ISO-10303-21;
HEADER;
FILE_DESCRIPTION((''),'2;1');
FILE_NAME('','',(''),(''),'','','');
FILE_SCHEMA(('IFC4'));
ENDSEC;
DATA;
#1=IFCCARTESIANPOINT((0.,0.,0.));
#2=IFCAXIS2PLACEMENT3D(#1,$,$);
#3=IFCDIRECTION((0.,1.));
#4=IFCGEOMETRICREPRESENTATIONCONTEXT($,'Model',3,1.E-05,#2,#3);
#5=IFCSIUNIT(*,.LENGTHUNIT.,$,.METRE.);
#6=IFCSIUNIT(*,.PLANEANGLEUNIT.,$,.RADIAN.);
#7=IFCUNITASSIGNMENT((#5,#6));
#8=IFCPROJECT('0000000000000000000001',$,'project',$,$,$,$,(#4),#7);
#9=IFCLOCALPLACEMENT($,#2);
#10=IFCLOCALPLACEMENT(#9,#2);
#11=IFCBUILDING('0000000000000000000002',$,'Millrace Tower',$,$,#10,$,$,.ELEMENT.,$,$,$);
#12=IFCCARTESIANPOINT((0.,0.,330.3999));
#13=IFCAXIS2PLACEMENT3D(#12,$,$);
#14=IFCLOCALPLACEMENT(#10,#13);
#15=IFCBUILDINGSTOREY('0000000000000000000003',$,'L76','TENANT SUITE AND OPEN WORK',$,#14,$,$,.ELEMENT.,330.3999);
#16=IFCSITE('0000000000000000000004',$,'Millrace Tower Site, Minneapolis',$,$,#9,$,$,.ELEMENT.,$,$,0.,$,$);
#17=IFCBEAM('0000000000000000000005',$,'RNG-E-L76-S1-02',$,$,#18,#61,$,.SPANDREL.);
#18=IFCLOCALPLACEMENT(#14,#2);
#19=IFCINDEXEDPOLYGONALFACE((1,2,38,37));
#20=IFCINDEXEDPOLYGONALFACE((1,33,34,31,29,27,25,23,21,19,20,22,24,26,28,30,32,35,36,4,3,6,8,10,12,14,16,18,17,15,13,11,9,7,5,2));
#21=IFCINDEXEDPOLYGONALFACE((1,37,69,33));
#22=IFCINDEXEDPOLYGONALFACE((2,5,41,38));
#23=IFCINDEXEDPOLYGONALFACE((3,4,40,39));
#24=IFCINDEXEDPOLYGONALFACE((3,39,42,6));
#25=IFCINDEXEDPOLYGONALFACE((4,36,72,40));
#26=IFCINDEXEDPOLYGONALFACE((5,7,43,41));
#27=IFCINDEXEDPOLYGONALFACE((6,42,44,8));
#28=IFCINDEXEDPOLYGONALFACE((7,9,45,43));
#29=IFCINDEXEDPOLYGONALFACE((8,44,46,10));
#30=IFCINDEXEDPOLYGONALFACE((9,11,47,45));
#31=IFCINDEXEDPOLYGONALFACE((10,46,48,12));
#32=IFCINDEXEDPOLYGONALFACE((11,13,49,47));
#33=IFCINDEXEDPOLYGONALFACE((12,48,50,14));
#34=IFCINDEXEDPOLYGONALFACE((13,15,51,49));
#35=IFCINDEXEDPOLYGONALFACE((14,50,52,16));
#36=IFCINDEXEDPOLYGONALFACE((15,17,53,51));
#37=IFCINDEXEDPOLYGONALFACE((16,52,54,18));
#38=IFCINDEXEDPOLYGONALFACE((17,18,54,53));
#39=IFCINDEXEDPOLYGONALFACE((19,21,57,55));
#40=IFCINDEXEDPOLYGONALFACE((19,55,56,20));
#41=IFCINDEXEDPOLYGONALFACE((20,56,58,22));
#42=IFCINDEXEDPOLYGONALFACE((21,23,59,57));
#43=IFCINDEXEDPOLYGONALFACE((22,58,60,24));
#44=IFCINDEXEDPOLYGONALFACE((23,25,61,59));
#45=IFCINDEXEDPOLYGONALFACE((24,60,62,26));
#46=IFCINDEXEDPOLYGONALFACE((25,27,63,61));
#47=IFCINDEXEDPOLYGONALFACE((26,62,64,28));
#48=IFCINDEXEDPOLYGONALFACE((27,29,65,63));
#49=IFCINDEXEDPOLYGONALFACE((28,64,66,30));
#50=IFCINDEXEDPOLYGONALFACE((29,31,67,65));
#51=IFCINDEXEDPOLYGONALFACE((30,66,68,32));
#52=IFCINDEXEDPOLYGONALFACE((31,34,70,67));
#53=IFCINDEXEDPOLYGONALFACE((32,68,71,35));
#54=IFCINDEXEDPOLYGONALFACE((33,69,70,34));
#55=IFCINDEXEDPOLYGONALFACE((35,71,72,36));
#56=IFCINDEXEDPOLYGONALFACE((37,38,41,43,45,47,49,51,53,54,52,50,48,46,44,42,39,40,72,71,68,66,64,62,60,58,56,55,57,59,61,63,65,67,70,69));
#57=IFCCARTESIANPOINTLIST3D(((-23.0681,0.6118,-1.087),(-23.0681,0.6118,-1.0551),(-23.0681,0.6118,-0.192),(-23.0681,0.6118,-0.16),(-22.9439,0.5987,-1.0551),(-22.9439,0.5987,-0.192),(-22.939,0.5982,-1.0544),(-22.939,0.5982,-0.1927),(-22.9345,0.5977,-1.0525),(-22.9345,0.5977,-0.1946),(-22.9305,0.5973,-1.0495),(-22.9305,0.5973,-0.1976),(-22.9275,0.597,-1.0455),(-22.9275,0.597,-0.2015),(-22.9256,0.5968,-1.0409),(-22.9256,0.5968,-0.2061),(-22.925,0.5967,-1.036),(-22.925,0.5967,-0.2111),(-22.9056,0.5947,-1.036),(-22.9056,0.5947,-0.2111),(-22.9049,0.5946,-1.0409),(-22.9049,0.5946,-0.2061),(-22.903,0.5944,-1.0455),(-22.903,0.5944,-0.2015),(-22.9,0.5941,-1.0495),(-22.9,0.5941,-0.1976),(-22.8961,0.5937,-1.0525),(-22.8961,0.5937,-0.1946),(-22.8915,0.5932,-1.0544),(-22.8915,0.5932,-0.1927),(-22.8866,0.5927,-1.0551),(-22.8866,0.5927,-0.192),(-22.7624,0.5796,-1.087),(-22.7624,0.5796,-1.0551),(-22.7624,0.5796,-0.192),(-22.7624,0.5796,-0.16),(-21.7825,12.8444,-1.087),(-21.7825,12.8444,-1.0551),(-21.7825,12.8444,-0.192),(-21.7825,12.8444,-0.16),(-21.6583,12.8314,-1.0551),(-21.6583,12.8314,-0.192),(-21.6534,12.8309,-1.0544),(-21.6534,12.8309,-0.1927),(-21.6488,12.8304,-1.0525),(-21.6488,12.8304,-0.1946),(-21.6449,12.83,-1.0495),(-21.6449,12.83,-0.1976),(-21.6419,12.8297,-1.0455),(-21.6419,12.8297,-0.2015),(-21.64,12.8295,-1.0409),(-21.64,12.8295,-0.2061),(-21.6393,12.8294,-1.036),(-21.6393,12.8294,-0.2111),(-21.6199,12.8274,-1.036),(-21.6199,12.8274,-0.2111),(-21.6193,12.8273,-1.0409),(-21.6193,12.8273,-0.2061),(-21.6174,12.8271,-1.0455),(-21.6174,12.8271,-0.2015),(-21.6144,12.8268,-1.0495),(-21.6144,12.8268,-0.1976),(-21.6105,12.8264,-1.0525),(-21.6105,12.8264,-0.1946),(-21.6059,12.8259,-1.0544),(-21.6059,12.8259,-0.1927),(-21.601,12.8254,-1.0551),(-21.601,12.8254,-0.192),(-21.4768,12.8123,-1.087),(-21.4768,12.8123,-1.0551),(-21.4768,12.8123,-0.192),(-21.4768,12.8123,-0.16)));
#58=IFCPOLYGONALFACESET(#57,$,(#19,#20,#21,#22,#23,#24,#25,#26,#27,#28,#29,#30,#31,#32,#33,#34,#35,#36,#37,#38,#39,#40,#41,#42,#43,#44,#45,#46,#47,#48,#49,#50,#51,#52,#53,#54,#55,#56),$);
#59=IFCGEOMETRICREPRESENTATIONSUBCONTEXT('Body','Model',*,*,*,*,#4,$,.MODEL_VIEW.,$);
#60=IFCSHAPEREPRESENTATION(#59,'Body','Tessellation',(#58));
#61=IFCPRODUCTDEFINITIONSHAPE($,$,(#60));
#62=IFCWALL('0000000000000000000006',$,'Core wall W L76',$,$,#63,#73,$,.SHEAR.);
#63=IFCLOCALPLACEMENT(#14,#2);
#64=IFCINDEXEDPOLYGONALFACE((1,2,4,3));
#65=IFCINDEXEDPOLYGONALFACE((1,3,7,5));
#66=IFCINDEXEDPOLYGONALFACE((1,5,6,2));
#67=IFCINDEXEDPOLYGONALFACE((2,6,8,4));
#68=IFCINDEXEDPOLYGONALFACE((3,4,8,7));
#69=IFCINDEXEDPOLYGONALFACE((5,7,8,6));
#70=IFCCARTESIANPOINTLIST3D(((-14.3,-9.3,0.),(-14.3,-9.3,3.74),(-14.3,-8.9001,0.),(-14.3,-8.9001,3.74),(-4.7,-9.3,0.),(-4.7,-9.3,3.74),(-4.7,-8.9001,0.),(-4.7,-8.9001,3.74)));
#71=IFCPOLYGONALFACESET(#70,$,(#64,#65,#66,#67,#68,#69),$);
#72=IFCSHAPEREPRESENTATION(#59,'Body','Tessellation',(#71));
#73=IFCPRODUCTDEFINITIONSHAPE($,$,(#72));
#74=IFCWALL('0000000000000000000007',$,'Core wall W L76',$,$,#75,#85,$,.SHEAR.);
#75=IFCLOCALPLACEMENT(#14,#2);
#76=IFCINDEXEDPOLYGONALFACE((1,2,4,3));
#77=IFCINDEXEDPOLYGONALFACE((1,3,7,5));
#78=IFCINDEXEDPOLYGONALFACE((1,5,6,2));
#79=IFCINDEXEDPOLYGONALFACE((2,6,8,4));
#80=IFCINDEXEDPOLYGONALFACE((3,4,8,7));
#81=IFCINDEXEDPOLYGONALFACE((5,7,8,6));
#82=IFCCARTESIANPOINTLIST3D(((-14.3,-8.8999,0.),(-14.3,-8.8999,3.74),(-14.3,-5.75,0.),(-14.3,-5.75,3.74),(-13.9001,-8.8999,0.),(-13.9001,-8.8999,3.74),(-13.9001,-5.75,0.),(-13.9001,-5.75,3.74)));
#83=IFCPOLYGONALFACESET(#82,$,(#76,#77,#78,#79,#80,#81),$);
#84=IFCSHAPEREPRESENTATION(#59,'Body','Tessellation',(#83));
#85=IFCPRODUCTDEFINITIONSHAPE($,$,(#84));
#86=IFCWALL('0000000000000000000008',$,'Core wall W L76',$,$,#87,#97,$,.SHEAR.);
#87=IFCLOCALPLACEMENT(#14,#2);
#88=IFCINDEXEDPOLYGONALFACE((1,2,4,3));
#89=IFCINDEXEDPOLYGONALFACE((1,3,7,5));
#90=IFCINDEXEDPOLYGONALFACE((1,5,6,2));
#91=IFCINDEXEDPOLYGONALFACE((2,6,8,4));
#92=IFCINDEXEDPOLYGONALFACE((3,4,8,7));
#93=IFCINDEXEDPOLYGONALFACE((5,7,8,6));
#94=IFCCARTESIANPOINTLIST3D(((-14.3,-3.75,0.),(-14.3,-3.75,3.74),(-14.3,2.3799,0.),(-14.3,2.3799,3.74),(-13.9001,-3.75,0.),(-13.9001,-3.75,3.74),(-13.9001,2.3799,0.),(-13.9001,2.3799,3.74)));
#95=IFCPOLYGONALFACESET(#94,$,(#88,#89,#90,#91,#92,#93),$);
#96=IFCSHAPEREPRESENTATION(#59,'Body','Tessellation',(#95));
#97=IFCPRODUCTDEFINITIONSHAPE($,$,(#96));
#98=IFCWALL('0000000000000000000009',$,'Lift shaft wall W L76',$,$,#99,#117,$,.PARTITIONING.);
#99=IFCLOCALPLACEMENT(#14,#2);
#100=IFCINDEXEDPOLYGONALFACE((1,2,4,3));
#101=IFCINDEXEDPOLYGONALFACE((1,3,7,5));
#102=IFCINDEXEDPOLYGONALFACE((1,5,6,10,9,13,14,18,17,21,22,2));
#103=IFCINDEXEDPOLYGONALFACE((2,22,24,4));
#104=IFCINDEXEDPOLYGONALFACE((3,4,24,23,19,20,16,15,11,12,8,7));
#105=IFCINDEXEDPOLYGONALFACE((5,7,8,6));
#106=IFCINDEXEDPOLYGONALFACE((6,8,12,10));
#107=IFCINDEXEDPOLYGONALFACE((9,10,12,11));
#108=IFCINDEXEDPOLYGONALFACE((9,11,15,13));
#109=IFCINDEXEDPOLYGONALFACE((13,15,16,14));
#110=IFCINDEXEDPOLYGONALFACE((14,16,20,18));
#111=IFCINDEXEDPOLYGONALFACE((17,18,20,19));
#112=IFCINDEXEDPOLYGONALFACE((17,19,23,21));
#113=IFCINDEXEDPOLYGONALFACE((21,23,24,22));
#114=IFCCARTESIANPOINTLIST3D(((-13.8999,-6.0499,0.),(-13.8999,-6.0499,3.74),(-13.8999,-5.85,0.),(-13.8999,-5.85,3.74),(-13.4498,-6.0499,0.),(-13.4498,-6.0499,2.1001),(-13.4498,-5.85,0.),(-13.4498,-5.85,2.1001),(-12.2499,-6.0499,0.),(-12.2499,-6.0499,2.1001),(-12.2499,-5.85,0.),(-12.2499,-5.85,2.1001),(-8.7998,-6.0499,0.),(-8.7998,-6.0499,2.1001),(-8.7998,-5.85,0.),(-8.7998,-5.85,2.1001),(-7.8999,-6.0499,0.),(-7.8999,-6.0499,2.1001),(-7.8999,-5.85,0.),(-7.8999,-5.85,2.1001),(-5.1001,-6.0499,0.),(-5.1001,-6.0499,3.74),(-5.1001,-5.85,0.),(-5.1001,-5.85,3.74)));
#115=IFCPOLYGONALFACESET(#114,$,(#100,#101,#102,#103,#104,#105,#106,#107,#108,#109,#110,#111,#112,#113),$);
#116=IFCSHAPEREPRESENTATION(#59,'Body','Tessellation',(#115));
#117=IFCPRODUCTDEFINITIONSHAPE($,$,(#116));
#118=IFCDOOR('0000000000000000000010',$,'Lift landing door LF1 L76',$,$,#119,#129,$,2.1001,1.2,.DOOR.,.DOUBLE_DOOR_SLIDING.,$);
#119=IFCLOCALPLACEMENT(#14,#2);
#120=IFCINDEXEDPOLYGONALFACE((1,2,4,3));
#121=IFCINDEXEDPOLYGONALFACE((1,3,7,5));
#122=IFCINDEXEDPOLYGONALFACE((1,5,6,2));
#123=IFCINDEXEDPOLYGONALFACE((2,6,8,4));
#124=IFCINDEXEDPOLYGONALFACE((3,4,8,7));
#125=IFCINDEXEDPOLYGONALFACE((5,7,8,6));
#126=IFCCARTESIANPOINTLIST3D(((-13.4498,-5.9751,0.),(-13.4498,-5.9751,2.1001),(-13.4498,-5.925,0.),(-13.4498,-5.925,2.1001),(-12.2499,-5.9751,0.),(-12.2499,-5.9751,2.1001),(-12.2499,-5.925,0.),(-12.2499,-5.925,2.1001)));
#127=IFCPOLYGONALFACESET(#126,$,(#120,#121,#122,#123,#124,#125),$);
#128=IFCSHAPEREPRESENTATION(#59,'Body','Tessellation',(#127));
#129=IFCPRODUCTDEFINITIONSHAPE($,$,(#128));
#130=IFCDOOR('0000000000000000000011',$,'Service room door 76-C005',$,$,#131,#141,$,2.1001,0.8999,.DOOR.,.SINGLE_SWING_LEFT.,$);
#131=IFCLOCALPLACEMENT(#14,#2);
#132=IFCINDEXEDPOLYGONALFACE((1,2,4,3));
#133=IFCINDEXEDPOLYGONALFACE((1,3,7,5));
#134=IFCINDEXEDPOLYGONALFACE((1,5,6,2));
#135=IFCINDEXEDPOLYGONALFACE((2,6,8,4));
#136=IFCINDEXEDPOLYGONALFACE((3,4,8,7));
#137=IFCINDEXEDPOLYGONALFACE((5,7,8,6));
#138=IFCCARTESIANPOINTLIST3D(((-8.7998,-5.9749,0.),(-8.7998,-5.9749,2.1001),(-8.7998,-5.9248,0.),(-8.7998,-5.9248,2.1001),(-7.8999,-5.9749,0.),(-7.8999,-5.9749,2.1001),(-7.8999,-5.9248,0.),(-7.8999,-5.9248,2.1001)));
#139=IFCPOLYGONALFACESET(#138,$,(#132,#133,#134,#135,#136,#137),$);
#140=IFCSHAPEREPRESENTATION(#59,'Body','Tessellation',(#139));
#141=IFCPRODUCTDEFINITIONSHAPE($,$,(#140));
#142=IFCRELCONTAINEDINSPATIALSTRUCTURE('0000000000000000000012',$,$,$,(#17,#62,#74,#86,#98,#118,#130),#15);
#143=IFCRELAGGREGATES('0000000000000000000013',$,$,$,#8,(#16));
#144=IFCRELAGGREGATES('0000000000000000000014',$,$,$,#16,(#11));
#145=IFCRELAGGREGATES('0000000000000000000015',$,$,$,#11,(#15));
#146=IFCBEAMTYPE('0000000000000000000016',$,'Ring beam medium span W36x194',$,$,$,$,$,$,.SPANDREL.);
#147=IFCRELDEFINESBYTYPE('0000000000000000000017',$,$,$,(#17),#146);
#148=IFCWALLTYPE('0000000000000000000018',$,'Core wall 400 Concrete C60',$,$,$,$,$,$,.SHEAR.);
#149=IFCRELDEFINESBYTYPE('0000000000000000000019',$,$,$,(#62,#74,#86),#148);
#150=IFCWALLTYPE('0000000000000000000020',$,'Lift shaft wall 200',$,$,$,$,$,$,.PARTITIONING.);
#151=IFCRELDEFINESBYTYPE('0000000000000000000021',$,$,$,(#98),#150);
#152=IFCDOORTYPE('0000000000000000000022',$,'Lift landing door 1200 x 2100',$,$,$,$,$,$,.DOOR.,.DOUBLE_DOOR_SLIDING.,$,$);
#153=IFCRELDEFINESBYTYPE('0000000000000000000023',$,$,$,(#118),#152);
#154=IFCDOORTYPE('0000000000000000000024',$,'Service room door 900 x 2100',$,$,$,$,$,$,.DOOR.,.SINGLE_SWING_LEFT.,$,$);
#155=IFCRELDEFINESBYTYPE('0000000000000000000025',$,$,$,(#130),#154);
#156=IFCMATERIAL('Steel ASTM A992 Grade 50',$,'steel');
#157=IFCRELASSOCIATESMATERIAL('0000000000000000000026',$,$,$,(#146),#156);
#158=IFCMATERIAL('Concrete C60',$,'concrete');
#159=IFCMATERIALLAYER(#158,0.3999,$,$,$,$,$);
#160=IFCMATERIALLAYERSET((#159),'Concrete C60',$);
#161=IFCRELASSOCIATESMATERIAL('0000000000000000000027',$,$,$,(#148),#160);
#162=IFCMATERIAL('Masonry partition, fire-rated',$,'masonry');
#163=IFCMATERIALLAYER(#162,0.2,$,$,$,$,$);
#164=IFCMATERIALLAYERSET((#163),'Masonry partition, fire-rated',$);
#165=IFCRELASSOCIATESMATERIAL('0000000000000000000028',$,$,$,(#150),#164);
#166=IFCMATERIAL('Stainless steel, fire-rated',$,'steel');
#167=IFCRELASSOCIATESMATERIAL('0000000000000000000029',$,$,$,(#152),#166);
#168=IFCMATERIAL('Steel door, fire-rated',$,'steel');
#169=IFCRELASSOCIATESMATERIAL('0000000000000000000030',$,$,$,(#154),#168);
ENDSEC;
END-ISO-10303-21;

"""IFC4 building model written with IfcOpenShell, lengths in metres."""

from ifc_helpers import new_model, si_unit, direction, frame, frame_2d, origin, origin_2d, place, context, subcontext, project, spatial, rectangle, i_section, extrude, material, layer, layer_set, material_profile, profile_set, type_object, element, fill, save


model = new_model("IFC4")

# Units and contexts
model_context = context("Model", 3, precision=1e-05, world=origin(), true_north=direction((0.0, 1.0)))
body_context = subcontext(model_context, "Body", "Model", "MODEL_VIEW")
ifc_project = project(units=[si_unit("LENGTHUNIT", "METRE"), si_unit("PLANEANGLEUNIT", "RADIAN")], contexts=[model_context])

# Site, building, storey
site_placement = place(None, origin())
site = spatial("IfcSite", under=ifc_project, at=site_placement, Name="Millrace Tower Site, Minneapolis", CompositionType="ELEMENT", RefElevation=0.0)
building_placement = place(site_placement, origin())
building = spatial("IfcBuilding", under=site, at=building_placement, Name="Millrace Tower", CompositionType="ELEMENT")
storey_placement = place(building_placement, frame((0.0, 0.0, 330.3999)))
storey = spatial("IfcBuildingStorey", under=building, at=storey_placement, Name="L76", Description="TENANT SUITE AND OPEN WORK", CompositionType="ELEMENT", Elevation=330.3999)

# Beam
ifc_material_1 = material(Name="Steel ASTM A992 Grade 50", Category="steel")
ifc_material_profile_1 = material_profile(ifc_material_1, i_section(OverallWidth=0.3074, OverallDepth=0.927, WebThickness=0.0195, FlangeThickness=0.032, FilletRadius=0.019, at=origin_2d()))
ifc_profile_set_1 = profile_set([ifc_material_profile_1], Name="Steel ASTM A992 Grade 50")
beam_type_1 = type_object("IfcBeamType", Name="Ring beam medium span W36x194", PredefinedType="SPANDREL", material=ifc_profile_set_1)
beam_1_placement = place(storey_placement, frame((-22.9153, 0.5957, -0.6235), z_axis=(0.104524, 0.994522, 0.0), x_axis=(-0.994522, 0.104524, 0.0)))
element("IfcBeam", 1, at=beam_1_placement, inside=storey, type_object=beam_type_1, Name="RNG-E-L76-S1-02", PredefinedType="SPANDREL", context=body_context, shape_type="SweptSolid", body=[
    extrude(i_section(OverallWidth=0.3074, OverallDepth=0.927, WebThickness=0.0195, FlangeThickness=0.032, FilletRadius=0.019, at=origin_2d()), origin(), (0.0, 0.0, 1.0), 12.3),
])

# Walls
ifc_material_2 = material(Name="Concrete C60", Category="concrete")
ifc_layer_1 = layer(ifc_material_2, 0.3999)
ifc_layer_set_1 = layer_set([ifc_layer_1], Name="Concrete C60")
wall_type_1 = type_object("IfcWallType", Name="Core wall 400 Concrete C60", PredefinedType="SHEAR", material=ifc_layer_set_1)
wall_1_placement = place(storey_placement, frame((-14.3, -9.1001, 0.0), z_axis=(0.0, 0.0, 1.0), x_axis=(1.0, 0.0, 0.0)))
element("IfcWall", 2, at=wall_1_placement, inside=storey, type_object=wall_type_1, Name="Core wall W L76", PredefinedType="SHEAR", context=body_context, shape_type="SweptSolid", body=[
    extrude(rectangle(XDim=9.6001, YDim=0.3999, at=frame_2d((4.8, 0.0))), origin(), (0.0, 0.0, 1.0), 3.74),
])
wall_2_placement = place(storey_placement, frame((-14.1001, -8.8999, 0.0), z_axis=(0.0, 0.0, 1.0), x_axis=(0.0, 1.0, 0.0)))
element("IfcWall", 3, at=wall_2_placement, inside=storey, type_object=wall_type_1, Name="Core wall W L76", PredefinedType="SHEAR", context=body_context, shape_type="SweptSolid", body=[
    extrude(rectangle(XDim=3.1499, YDim=0.3999, at=frame_2d((1.575, 0.0))), origin(), (0.0, 0.0, 1.0), 3.74),
])
wall_3_placement = place(storey_placement, frame((-14.1001, -3.75, 0.0), z_axis=(0.0, 0.0, 1.0), x_axis=(0.0, 1.0, 0.0)))
element("IfcWall", 4, at=wall_3_placement, inside=storey, type_object=wall_type_1, Name="Core wall W L76", PredefinedType="SHEAR", context=body_context, shape_type="SweptSolid", body=[
    extrude(rectangle(XDim=6.1299, YDim=0.3999, at=frame_2d((3.0649, 0.0))), origin(), (0.0, 0.0, 1.0), 3.74),
])

# Wall, openings, doors
ifc_material_3 = material(Name="Masonry partition, fire-rated", Category="masonry")
ifc_layer_2 = layer(ifc_material_3, 0.2)
ifc_layer_set_2 = layer_set([ifc_layer_2], Name="Masonry partition, fire-rated")
wall_type_2 = type_object("IfcWallType", Name="Lift shaft wall 200", PredefinedType="PARTITIONING", material=ifc_layer_set_2)
wall_4_placement = place(storey_placement, frame((-13.8999, -5.95, 0.0), z_axis=(0.0, 0.0, 1.0), x_axis=(1.0, 0.0, 0.0)))
wall_4 = element("IfcWall", 5, at=wall_4_placement, inside=storey, type_object=wall_type_2, Name="Lift shaft wall W L76", PredefinedType="PARTITIONING", context=body_context, shape_type="SweptSolid", body=[
    extrude(rectangle(XDim=8.7998, YDim=0.2, at=frame_2d((4.3999, 0.0))), origin(), (0.0, 0.0, 1.0), 3.74),
])
opening_1_placement = place(wall_4_placement, frame((0.45, 0.0, 0.0)))
opening_1 = element("IfcOpeningElement", 6, at=opening_1_placement, cuts=wall_4, PredefinedType="OPENING", context=body_context, shape_type="SweptSolid", body=[
    extrude(rectangle(XDim=1.2, YDim=2.1001, at=frame_2d((0.6001, 1.05))), frame((0.0, 0.1099, 0.0), z_axis=(0.0, -1.0, 0.0), x_axis=(1.0, 0.0, 0.0)), (0.0, 0.0, 1.0), 0.22),
])
opening_2_placement = place(wall_4_placement, frame((5.1001, 0.0, 0.0)))
opening_2 = element("IfcOpeningElement", 7, at=opening_2_placement, cuts=wall_4, PredefinedType="OPENING", context=body_context, shape_type="SweptSolid", body=[
    extrude(rectangle(XDim=0.8999, YDim=2.1001, at=frame_2d((0.45, 1.05))), frame((0.0, 0.1099, 0.0), z_axis=(0.0, -1.0, 0.0), x_axis=(1.0, 0.0, 0.0)), (0.0, 0.0, 1.0), 0.22),
])
ifc_material_4 = material(Name="Stainless steel, fire-rated", Category="steel")
door_type_1 = type_object("IfcDoorType", Name="Lift landing door 1200 x 2100", OperationType="DOUBLE_DOOR_SLIDING", PredefinedType="DOOR", material=ifc_material_4)
door_1_placement = place(opening_1_placement, origin())
door_1 = element("IfcDoor", 8, at=door_1_placement, inside=storey, type_object=door_type_1, Name="Lift landing door LF1 L76", OperationType="DOUBLE_DOOR_SLIDING", OverallHeight=2.1001, OverallWidth=1.2, PredefinedType="DOOR", context=body_context, shape_type="SweptSolid", body=[
    extrude(rectangle(XDim=1.2, YDim=2.1001, at=frame_2d((0.6001, 1.05))), frame((0.0, 0.0249, 0.0), z_axis=(0.0, -1.0, 0.0), x_axis=(1.0, 0.0, 0.0)), (0.0, 0.0, 1.0), 0.05),
])
fill(opening_1, door_1)
ifc_material_5 = material(Name="Steel door, fire-rated", Category="steel")
door_type_2 = type_object("IfcDoorType", Name="Service room door 900 x 2100", OperationType="SINGLE_SWING_LEFT", PredefinedType="DOOR", material=ifc_material_5)
door_2_placement = place(opening_2_placement, frame((0.8999, 0.0, 0.0), z_axis=(0.0, 0.0, 1.0), x_axis=(-1.0, 0.0, 0.0)))
door_2 = element("IfcDoor", 9, at=door_2_placement, inside=storey, type_object=door_type_2, Name="Service room door 76-C005", OperationType="SINGLE_SWING_LEFT", OverallHeight=2.1001, OverallWidth=0.8999, PredefinedType="DOOR", context=body_context, shape_type="SweptSolid", body=[
    extrude(rectangle(XDim=0.8999, YDim=2.1001, at=frame_2d((0.45, 1.05))), frame((0.0, 0.0249, 0.0), z_axis=(0.0, -1.0, 0.0), x_axis=(1.0, 0.0, 0.0)), (0.0, 0.0, 1.0), 0.05),
])
fill(opening_2, door_2)

save(model, "model.ifc")
